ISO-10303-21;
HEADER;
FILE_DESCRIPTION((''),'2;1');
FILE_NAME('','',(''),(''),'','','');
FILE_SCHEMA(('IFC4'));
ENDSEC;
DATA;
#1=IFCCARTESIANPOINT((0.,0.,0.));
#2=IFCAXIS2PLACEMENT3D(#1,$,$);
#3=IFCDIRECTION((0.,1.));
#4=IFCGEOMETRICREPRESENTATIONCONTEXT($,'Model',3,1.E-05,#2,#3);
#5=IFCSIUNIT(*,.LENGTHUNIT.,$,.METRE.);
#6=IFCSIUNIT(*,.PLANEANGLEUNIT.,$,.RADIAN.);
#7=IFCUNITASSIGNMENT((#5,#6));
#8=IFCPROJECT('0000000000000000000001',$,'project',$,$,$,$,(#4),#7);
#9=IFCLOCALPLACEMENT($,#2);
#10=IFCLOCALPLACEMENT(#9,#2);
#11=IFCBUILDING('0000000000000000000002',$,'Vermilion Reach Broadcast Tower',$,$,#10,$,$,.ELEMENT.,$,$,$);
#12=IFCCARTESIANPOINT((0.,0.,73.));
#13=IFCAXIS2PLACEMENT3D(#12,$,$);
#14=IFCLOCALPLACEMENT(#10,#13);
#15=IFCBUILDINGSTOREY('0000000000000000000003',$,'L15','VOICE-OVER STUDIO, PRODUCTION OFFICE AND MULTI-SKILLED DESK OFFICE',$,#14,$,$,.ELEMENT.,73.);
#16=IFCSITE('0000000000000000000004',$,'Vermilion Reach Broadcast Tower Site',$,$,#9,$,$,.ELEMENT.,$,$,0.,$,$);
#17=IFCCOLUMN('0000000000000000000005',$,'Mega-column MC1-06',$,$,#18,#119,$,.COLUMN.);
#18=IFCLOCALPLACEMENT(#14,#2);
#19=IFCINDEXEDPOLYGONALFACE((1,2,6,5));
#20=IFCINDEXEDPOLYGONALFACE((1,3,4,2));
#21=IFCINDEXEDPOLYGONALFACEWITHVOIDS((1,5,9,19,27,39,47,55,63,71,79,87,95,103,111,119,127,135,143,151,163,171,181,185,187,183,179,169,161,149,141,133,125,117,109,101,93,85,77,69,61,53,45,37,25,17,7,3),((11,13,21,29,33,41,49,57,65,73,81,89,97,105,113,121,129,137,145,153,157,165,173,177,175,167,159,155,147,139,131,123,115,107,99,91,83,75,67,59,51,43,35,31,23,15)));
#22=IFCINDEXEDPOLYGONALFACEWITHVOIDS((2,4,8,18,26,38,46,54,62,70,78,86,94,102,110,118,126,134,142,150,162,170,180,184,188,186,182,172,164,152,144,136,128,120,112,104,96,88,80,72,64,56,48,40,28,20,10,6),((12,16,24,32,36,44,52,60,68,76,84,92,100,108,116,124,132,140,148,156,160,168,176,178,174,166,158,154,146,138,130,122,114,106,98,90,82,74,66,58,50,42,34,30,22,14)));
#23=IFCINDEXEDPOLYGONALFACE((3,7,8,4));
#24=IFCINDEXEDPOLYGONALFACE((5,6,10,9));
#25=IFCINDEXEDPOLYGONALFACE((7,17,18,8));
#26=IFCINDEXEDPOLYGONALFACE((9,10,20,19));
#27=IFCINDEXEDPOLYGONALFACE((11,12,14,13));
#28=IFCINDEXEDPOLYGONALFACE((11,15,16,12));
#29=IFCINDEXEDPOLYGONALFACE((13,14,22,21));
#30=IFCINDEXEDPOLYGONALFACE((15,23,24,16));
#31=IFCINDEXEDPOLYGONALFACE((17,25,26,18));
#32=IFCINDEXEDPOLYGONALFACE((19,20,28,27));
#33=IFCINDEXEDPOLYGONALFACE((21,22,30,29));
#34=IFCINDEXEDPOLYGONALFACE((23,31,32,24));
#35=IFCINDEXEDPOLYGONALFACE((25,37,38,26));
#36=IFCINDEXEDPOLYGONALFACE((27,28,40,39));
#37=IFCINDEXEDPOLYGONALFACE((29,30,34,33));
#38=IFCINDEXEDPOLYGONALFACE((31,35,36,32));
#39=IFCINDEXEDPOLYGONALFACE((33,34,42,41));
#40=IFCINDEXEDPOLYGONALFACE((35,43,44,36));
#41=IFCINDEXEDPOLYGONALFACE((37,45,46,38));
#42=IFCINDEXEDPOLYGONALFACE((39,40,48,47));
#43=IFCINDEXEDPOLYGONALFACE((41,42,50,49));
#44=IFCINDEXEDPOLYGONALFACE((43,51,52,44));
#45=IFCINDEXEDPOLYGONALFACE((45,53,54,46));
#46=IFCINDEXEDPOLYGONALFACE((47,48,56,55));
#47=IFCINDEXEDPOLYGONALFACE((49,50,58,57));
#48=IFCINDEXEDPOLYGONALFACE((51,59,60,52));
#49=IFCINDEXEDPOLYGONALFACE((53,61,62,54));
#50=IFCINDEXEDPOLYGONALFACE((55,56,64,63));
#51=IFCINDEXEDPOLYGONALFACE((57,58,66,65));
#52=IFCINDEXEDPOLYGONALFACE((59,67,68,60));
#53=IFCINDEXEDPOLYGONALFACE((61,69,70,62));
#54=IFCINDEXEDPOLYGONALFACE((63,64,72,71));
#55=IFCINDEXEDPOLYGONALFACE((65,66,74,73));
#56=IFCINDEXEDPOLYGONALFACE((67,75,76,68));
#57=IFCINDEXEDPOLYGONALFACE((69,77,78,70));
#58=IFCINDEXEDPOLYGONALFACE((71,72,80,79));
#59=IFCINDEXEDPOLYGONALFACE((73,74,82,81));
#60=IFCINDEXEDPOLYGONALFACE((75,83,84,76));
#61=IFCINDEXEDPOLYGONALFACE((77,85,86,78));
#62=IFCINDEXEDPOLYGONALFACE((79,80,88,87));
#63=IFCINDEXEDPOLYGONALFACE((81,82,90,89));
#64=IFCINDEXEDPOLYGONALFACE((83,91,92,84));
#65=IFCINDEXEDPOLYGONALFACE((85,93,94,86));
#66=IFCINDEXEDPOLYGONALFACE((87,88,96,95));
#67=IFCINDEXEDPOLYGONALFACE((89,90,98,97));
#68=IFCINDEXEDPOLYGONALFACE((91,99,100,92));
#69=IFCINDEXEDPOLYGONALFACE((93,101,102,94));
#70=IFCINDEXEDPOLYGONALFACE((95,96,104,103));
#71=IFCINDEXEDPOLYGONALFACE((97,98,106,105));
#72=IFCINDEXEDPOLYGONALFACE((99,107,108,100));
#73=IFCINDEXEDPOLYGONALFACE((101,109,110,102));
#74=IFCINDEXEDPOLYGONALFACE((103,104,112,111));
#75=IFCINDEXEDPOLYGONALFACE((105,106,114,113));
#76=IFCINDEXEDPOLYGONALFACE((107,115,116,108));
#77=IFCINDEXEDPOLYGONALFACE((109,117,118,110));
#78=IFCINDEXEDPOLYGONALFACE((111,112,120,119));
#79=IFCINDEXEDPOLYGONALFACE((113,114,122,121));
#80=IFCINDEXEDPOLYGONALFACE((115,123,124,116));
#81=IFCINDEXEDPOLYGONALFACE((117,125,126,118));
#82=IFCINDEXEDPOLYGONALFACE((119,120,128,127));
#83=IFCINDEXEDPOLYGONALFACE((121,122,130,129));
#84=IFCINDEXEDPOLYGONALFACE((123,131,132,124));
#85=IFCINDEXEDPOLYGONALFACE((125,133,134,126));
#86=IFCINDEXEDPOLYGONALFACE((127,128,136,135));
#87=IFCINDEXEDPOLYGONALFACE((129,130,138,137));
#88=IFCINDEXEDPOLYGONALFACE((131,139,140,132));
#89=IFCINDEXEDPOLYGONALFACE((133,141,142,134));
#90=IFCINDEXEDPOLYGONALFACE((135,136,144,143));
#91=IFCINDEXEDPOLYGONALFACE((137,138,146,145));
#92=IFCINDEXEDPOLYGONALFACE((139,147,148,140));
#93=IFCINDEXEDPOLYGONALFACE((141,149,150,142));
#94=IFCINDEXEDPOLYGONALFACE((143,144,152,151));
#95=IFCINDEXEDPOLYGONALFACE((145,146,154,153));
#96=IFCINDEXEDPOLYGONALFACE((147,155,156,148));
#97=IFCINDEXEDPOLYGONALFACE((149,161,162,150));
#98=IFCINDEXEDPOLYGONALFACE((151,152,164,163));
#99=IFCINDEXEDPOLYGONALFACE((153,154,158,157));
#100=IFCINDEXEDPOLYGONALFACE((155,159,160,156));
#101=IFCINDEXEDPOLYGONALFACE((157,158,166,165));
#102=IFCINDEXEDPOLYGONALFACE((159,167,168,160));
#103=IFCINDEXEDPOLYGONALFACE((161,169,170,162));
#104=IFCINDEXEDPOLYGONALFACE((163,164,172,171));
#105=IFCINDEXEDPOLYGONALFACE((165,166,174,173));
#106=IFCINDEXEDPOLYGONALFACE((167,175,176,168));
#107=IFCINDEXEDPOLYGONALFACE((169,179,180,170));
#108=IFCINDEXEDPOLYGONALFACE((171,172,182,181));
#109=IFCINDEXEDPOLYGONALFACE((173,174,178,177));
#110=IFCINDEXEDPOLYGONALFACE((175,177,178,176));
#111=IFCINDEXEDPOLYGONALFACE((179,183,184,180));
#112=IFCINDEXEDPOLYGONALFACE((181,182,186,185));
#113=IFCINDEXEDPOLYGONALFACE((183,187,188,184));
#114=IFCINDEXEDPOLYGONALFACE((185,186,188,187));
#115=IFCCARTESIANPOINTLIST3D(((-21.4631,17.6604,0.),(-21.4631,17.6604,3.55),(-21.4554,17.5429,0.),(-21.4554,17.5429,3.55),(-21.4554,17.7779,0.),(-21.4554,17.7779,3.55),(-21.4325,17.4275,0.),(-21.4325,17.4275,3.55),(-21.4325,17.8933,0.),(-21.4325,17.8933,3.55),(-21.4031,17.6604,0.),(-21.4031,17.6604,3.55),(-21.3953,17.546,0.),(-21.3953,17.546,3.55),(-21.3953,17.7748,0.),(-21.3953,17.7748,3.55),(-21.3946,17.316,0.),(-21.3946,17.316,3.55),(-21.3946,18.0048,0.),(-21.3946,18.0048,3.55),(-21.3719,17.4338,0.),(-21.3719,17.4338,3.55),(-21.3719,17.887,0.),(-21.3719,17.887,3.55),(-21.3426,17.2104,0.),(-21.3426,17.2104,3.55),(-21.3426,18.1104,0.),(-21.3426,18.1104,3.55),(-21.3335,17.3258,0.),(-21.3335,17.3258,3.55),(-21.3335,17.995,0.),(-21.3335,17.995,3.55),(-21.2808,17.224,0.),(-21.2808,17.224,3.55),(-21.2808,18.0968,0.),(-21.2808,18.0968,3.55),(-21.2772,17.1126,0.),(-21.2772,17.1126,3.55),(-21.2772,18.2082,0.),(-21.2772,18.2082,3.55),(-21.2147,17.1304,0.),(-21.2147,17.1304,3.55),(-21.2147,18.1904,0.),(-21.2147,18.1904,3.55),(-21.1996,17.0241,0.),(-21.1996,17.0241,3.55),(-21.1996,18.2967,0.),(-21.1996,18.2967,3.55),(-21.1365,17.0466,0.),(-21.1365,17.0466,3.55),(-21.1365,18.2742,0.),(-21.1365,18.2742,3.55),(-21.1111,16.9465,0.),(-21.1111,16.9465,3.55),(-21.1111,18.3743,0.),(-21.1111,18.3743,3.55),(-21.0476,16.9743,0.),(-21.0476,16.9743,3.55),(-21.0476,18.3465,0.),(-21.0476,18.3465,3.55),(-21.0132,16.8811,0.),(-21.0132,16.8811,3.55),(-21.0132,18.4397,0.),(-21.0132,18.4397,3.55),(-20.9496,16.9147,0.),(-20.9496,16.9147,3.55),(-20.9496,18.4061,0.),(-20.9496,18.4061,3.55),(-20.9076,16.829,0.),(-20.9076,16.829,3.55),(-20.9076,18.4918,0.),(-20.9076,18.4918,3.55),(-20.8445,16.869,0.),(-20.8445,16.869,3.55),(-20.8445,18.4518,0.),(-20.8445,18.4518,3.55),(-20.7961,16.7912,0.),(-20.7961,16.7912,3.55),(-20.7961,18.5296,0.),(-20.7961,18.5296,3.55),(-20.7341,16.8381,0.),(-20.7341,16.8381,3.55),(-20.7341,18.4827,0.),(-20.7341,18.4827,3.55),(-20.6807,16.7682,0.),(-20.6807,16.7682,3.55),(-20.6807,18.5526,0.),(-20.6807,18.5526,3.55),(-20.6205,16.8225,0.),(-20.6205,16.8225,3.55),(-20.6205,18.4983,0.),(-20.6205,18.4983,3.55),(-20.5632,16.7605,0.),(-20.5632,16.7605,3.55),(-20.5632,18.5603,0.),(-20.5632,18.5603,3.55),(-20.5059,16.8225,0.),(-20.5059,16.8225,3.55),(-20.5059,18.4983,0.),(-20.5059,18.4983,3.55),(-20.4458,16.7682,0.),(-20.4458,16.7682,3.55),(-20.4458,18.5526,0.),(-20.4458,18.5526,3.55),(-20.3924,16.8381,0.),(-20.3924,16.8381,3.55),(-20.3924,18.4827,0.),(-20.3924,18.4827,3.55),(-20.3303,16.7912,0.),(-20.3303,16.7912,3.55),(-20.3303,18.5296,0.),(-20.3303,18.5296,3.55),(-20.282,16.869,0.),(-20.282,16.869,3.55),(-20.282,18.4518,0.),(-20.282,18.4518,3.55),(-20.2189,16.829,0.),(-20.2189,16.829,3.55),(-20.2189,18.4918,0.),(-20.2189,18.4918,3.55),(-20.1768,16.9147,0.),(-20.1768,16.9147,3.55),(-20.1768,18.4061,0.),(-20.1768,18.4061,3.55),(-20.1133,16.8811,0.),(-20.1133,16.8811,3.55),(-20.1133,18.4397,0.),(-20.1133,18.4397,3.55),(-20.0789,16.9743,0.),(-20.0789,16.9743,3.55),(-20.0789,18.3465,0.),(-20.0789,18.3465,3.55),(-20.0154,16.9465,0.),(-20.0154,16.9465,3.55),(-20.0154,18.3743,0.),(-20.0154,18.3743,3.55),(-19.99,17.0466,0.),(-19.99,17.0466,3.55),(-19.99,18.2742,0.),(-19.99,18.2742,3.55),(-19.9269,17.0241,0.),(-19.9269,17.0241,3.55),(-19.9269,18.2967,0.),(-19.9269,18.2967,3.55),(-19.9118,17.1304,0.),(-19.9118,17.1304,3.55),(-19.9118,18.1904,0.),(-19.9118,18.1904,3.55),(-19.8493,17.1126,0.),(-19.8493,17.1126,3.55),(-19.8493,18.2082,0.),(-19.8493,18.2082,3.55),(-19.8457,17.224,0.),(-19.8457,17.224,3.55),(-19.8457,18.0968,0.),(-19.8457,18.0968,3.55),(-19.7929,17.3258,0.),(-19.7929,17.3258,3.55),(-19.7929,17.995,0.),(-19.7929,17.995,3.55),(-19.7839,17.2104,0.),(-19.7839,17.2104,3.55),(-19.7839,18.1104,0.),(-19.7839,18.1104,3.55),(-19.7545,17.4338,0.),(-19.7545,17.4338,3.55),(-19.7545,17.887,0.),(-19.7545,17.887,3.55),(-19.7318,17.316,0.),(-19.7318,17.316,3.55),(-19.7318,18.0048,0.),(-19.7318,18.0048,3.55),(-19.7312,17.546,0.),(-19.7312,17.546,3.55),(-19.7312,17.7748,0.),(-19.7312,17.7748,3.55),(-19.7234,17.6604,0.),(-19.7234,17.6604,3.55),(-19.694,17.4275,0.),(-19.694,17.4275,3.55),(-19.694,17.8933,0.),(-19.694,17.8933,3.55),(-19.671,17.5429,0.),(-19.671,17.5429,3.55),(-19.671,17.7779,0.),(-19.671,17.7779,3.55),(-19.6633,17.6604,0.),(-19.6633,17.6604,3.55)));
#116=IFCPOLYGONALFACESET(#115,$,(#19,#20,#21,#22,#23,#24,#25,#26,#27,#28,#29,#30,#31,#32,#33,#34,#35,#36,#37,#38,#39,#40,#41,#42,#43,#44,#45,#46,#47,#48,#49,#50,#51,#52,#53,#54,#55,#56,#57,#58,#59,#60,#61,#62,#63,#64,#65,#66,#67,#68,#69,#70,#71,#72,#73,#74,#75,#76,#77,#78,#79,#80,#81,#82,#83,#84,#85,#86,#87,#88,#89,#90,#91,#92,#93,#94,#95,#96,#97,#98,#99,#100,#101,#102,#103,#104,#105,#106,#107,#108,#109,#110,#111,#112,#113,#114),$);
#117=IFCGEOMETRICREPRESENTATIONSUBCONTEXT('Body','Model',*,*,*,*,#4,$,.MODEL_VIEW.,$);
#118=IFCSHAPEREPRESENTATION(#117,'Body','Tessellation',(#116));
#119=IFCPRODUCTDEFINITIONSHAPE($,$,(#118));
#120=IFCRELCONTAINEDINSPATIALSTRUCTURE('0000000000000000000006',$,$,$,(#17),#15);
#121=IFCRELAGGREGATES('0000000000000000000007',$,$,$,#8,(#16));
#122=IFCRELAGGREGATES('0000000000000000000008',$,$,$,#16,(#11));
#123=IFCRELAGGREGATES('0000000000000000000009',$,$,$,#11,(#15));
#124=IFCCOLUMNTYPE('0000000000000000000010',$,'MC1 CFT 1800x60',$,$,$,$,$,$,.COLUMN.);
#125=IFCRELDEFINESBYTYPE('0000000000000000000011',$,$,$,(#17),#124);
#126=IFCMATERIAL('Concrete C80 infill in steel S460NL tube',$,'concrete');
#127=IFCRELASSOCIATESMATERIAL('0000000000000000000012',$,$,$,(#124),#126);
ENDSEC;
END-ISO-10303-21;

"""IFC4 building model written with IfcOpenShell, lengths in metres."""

from ifc_helpers import new_model, si_unit, direction, frame, origin, origin_2d, place, context, subcontext, project, spatial, hollow_circle, extrude, material, material_profile, profile_set, type_object, element, save


model = new_model("IFC4")

# Units and contexts
model_context = context("Model", 3, precision=1e-05, world=origin(), true_north=direction((0.0, 1.0)))
body_context = subcontext(model_context, "Body", "Model", "MODEL_VIEW")
ifc_project = project(units=[si_unit("LENGTHUNIT", "METRE"), si_unit("PLANEANGLEUNIT", "RADIAN")], contexts=[model_context])

# Site, building, storey
site_placement = place(None, origin())
site = spatial("IfcSite", under=ifc_project, at=site_placement, Name="Vermilion Reach Broadcast Tower Site", CompositionType="ELEMENT", RefElevation=0.0)
building_placement = place(site_placement, origin())
building = spatial("IfcBuilding", under=site, at=building_placement, Name="Vermilion Reach Broadcast Tower", CompositionType="ELEMENT")
storey_placement = place(building_placement, frame((0.0, 0.0, 73.0)))
storey = spatial("IfcBuildingStorey", under=building, at=storey_placement, Name="L15", Description="VOICE-OVER STUDIO, PRODUCTION OFFICE AND MULTI-SKILLED DESK OFFICE", CompositionType="ELEMENT", Elevation=73.0)

# Column
ifc_material_1 = material(Name="Concrete C80 infill in steel S460NL tube", Category="concrete")
ifc_material_profile_1 = material_profile(ifc_material_1, hollow_circle(Radius=0.8999, WallThickness=0.0601, at=origin_2d()), Name="Concrete C80 infill in steel S460NL tube CFT 1800x60")
ifc_profile_set_1 = profile_set([ifc_material_profile_1], Name="Concrete C80 infill in steel S460NL tube")
column_type = type_object("IfcColumnType", Name="MC1 CFT 1800x60", PredefinedType="COLUMN", material=ifc_profile_set_1)
for number, where, z_axis, x_axis, name in (
    (1, (-20.5632, 17.6604, 0.0), (0.0, 0.0, 1.0), (1.0, 0.0, 0.0), "Mega-column MC1-06"),
):
    element("IfcColumn", number, at=place(storey_placement, frame(where, z_axis=z_axis, x_axis=x_axis)), inside=storey, type_object=column_type, Name=name, PredefinedType="COLUMN", context=body_context, shape_type="SweptSolid", body=[
        extrude(hollow_circle(Radius=0.8999, WallThickness=0.0601, at=origin_2d()), origin(), (0.0, 0.0, 1.0), 3.55),
    ])

save(model, "model.ifc")
